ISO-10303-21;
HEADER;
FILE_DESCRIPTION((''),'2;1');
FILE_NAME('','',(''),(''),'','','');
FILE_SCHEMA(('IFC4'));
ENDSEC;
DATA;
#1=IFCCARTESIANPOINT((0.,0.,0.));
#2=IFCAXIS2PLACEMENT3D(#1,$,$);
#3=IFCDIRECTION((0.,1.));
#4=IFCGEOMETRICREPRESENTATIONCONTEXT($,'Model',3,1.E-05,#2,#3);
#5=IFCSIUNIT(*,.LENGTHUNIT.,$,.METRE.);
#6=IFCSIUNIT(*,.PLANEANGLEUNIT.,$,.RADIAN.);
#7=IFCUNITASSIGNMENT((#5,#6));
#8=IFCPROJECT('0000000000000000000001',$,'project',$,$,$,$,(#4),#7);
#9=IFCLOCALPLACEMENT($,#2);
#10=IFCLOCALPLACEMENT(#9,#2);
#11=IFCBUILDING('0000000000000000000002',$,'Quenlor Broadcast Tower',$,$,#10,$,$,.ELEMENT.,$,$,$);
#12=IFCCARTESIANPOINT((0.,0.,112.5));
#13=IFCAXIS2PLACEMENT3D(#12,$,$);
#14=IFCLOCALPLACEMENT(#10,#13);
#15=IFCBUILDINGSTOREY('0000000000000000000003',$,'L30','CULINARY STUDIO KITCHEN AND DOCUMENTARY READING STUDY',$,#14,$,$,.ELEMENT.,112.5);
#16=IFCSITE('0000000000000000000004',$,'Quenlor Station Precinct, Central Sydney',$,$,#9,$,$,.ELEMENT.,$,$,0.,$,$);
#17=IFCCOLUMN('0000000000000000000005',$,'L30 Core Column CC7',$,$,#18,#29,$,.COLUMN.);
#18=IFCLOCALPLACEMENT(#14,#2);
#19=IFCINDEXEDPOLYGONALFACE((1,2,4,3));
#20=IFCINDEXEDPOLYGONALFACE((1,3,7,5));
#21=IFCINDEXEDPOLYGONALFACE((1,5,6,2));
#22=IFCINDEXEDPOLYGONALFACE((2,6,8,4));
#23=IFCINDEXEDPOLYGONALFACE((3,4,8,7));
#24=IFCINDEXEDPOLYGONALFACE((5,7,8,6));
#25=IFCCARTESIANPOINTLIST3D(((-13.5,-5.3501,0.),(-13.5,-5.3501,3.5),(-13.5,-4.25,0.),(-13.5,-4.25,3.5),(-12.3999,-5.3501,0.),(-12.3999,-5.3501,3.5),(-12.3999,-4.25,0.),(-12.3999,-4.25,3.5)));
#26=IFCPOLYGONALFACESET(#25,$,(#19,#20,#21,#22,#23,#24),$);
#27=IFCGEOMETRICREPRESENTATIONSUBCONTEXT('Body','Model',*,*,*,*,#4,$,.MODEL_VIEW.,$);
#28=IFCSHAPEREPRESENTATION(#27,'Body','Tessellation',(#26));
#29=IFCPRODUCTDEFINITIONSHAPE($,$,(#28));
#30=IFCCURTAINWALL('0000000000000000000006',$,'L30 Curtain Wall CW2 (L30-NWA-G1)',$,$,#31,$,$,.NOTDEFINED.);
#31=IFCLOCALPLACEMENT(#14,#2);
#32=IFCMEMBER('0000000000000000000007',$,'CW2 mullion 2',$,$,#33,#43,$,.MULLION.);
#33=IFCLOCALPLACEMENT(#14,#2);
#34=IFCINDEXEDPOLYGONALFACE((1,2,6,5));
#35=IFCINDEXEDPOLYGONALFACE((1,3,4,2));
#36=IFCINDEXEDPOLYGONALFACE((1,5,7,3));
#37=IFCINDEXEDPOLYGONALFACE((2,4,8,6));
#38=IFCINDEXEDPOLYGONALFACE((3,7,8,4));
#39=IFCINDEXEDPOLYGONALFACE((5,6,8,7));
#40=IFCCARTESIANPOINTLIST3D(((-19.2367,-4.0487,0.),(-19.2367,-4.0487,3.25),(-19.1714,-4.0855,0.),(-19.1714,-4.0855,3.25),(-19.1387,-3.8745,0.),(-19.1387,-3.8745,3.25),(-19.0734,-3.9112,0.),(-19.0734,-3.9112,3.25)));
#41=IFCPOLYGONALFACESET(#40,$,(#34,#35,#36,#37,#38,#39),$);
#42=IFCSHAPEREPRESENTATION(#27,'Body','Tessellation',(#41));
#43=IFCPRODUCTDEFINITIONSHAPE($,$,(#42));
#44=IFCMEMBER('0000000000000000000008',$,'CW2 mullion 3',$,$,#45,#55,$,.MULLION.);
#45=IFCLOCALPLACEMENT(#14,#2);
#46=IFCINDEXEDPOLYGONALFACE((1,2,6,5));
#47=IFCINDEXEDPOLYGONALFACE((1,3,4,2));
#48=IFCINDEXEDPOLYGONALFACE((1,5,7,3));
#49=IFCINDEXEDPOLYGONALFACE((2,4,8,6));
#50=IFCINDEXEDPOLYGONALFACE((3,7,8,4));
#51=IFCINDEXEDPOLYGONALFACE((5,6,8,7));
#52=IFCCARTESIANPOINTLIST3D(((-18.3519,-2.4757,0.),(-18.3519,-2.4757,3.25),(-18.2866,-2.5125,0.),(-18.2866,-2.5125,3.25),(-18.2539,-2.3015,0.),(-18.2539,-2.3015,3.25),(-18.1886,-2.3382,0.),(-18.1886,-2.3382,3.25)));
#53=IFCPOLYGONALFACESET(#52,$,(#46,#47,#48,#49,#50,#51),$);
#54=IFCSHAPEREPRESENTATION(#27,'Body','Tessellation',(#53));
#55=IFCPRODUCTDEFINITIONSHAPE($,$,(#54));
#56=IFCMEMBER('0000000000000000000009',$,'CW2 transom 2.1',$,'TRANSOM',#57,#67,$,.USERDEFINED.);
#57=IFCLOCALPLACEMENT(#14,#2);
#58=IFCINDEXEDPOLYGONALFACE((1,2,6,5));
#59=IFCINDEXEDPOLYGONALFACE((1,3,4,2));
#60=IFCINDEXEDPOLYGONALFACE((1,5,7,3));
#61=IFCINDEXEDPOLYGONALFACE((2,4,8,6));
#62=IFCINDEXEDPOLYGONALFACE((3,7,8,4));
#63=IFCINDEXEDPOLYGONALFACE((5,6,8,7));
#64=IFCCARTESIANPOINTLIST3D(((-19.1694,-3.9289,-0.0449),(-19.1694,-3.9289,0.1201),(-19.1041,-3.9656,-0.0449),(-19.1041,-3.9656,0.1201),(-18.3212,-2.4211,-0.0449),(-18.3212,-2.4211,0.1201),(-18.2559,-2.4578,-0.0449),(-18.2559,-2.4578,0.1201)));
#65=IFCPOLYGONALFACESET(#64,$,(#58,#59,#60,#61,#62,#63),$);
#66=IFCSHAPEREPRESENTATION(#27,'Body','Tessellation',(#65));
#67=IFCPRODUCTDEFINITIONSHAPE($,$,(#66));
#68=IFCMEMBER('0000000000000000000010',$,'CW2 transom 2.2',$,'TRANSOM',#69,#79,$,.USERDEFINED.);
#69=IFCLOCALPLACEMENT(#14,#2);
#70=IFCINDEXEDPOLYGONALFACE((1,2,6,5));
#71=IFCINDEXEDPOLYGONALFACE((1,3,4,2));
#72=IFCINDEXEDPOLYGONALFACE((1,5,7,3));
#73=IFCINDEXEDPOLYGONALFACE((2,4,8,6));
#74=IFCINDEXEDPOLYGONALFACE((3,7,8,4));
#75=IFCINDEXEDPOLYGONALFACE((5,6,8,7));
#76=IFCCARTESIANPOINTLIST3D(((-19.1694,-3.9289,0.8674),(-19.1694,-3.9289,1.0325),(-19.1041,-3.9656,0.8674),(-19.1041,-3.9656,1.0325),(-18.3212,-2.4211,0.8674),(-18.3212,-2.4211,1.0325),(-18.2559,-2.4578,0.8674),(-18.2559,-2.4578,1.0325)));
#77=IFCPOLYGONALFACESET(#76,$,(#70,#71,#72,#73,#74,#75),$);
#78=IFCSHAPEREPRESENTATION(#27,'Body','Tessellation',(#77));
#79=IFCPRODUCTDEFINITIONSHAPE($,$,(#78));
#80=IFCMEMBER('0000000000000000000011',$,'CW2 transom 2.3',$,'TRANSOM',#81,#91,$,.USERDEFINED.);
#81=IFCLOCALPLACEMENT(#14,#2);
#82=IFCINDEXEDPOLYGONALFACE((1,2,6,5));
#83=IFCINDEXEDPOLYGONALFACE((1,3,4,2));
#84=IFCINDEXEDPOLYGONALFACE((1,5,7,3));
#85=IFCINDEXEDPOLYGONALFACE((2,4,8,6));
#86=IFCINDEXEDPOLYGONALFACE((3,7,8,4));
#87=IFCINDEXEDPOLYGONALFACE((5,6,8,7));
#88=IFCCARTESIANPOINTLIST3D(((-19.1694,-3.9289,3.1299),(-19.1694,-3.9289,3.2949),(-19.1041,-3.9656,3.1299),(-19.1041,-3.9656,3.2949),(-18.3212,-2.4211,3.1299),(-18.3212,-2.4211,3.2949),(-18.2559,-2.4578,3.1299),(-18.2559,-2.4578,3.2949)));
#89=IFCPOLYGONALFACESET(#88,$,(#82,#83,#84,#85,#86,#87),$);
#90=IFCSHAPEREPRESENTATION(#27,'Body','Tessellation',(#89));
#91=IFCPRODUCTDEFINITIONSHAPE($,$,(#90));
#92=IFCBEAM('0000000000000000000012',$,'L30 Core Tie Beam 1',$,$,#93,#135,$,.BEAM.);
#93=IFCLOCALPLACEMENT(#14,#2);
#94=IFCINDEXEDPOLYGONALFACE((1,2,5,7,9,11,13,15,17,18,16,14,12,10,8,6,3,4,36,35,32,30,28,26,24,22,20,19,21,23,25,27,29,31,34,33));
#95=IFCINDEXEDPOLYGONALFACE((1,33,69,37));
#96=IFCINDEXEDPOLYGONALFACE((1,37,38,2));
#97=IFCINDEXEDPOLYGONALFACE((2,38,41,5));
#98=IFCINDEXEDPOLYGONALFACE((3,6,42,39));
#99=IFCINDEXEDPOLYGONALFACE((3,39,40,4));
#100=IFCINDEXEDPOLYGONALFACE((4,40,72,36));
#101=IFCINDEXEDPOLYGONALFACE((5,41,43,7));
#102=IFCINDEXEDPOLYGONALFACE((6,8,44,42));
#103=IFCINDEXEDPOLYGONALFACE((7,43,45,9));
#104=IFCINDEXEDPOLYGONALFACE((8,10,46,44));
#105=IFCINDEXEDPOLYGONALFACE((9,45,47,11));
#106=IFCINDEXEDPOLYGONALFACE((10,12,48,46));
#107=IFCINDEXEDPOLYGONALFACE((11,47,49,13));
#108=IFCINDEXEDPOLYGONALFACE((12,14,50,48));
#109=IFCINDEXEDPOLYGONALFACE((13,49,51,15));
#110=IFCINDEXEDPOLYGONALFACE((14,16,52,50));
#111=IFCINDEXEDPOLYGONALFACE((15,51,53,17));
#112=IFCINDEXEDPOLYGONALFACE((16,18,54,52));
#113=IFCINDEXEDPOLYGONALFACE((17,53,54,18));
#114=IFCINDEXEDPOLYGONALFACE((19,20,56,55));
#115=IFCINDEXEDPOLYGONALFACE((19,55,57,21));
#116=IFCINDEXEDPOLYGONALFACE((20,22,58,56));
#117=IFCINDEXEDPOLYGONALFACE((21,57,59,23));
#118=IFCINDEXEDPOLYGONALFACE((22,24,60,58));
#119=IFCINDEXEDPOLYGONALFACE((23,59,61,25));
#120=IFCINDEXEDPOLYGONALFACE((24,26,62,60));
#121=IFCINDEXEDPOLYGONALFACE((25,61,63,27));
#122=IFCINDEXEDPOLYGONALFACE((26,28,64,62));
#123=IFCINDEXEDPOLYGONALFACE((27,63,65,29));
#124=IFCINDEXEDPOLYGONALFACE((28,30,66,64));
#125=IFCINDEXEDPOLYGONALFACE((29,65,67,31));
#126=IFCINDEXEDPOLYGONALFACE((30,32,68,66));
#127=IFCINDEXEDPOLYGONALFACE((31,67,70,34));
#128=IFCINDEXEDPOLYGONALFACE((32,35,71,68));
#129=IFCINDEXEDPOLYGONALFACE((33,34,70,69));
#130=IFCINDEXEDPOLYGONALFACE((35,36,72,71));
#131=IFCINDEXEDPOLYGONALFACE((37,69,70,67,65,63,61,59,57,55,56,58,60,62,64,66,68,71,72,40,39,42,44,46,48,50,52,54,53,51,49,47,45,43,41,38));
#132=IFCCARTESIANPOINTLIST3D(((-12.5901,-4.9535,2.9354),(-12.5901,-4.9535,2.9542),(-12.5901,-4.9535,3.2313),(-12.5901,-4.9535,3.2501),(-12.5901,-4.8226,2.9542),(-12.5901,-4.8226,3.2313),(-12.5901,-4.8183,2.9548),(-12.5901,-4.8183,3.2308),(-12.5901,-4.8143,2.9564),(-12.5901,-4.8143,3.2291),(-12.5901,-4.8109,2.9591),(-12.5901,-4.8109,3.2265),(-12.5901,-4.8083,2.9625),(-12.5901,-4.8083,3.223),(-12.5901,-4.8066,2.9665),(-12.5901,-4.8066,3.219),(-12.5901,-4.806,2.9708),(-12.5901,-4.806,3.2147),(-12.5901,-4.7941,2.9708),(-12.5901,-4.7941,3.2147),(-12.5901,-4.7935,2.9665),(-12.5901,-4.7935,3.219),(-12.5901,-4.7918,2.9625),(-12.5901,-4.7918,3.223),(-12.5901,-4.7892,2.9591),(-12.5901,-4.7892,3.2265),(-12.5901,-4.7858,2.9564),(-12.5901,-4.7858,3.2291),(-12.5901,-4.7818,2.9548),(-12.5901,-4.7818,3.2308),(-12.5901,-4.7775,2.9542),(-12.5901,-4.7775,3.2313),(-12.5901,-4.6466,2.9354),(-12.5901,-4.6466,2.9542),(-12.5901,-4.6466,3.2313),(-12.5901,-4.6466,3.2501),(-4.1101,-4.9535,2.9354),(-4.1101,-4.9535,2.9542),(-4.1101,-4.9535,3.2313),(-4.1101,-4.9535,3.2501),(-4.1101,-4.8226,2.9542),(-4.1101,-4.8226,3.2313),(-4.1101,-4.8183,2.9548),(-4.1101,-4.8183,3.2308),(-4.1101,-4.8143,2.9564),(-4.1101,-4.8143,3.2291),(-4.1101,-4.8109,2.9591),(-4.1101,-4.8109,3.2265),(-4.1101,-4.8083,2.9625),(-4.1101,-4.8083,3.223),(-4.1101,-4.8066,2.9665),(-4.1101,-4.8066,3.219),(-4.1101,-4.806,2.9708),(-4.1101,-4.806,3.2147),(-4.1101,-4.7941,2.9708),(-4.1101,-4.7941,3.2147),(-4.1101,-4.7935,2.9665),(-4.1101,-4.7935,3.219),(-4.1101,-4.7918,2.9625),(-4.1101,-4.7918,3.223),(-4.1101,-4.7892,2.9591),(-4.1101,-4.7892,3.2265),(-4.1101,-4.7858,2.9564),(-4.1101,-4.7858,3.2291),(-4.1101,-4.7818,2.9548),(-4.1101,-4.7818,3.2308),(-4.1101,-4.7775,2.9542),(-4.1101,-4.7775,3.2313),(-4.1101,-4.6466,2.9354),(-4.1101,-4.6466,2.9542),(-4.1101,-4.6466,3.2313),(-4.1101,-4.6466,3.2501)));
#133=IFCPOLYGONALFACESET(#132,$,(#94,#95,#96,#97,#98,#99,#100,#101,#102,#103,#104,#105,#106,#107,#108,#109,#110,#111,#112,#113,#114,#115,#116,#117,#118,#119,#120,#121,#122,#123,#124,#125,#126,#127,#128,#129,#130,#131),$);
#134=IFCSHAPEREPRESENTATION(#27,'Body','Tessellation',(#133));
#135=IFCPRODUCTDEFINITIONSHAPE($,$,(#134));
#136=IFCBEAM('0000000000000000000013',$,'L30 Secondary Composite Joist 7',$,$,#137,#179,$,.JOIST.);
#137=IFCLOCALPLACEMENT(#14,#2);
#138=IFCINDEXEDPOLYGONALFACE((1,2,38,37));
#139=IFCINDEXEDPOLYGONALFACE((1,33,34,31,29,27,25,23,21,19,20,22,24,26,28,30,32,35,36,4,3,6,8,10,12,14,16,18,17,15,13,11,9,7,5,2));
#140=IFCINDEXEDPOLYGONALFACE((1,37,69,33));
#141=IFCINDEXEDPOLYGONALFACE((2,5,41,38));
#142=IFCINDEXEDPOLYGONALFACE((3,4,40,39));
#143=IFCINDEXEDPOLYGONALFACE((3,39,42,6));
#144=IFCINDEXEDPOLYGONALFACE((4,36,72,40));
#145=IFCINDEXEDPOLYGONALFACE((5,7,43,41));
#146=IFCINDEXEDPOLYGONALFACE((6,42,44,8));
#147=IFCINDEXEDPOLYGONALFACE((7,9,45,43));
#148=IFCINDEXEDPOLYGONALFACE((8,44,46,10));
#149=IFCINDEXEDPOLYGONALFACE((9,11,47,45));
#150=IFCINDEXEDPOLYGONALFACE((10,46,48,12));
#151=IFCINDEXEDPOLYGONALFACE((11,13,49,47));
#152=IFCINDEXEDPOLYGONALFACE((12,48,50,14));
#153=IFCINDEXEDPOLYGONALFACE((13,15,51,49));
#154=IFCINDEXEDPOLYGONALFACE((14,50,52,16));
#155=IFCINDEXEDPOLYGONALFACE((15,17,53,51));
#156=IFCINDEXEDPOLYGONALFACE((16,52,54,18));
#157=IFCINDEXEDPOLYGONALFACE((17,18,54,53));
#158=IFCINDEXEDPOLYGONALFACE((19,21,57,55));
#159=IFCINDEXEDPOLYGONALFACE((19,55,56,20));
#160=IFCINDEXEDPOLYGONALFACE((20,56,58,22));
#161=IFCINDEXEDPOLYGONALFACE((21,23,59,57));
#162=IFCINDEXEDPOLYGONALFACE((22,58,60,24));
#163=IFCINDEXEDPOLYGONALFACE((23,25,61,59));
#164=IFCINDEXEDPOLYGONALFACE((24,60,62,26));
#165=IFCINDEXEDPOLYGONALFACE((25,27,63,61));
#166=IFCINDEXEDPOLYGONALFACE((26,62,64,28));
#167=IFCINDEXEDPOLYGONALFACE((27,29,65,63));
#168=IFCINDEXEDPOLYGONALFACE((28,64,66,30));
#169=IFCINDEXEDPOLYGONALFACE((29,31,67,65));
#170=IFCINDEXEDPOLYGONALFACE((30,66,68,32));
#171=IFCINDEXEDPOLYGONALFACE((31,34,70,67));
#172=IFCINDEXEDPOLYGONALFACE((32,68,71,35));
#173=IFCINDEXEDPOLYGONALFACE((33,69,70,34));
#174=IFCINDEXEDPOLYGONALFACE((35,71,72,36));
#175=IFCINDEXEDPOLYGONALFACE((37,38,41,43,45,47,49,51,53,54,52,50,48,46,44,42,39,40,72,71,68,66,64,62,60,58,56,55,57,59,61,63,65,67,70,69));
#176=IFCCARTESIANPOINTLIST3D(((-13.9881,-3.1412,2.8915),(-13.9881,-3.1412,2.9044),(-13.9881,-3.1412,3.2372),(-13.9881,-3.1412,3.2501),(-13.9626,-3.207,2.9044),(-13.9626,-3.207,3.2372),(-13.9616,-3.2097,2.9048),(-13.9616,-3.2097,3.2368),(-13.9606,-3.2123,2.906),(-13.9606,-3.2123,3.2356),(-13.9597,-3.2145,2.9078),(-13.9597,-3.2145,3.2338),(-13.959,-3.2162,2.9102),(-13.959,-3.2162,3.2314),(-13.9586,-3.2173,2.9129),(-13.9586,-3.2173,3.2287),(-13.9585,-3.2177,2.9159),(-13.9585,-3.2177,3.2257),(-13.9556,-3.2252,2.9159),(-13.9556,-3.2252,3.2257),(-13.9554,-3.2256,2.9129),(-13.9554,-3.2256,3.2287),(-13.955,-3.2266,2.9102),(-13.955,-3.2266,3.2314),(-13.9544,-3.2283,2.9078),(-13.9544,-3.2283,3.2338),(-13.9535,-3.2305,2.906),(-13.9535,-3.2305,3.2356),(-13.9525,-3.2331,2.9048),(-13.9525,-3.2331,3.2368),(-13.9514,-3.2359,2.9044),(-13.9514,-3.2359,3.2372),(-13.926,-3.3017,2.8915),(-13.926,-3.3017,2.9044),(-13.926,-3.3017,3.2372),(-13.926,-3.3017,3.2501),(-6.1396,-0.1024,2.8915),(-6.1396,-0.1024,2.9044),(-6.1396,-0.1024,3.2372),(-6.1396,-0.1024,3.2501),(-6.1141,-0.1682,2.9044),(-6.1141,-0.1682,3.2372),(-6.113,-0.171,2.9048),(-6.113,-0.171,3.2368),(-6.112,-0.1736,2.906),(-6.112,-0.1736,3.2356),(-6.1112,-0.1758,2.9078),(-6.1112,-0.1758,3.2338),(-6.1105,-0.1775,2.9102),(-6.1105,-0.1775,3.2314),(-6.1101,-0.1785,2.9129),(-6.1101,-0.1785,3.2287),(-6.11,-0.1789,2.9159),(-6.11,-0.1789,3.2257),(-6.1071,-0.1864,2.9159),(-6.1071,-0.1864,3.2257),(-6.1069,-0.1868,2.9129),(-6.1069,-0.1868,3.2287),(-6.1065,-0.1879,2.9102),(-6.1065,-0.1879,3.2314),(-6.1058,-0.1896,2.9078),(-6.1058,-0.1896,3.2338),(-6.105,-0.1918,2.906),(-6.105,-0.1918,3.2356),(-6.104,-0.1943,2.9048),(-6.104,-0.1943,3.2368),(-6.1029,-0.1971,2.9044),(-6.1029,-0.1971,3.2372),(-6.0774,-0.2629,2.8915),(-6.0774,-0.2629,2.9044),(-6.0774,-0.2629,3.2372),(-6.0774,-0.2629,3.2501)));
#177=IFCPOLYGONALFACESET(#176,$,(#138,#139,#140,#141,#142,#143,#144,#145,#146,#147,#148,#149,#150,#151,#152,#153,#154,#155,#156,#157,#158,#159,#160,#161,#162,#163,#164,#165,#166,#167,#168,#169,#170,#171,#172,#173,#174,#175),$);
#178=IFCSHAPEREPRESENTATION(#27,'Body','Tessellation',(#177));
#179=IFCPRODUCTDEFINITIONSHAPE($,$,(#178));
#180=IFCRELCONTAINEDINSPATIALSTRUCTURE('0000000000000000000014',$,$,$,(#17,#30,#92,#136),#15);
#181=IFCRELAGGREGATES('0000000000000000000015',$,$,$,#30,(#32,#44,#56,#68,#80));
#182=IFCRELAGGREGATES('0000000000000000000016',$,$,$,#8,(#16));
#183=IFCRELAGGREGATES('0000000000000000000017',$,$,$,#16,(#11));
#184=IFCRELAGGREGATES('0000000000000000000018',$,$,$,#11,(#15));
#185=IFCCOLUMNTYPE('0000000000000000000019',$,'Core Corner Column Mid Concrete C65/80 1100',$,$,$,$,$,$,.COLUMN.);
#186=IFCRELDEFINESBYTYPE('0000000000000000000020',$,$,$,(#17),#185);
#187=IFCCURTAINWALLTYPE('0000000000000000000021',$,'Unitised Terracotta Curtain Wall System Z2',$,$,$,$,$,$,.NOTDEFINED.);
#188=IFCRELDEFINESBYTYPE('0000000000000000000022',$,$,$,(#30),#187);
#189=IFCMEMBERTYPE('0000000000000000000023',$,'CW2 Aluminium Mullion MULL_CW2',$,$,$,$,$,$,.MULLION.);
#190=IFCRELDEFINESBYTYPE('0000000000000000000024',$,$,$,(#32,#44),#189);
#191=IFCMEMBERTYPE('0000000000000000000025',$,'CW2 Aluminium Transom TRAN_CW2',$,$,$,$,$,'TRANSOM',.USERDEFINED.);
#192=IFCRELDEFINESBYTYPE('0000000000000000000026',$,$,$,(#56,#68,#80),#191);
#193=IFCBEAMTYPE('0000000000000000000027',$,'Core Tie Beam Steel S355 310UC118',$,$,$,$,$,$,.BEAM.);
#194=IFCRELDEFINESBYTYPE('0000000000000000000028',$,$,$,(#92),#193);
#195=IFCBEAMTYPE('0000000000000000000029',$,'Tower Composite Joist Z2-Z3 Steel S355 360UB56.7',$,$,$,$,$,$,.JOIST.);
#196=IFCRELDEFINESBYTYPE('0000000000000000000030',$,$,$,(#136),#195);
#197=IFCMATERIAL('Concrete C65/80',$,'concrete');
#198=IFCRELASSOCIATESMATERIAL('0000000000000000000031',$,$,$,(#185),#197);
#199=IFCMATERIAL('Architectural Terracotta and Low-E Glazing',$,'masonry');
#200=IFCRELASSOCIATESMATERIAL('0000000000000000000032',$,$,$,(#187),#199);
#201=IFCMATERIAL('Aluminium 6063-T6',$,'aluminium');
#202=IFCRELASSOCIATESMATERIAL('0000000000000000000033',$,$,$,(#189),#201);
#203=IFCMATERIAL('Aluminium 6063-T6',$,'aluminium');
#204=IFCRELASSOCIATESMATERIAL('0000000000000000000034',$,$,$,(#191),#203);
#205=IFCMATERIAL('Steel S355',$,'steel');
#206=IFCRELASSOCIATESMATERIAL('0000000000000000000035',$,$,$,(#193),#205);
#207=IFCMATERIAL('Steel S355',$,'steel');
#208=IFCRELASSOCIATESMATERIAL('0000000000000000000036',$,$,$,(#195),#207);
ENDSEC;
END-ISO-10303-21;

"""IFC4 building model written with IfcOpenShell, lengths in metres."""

from ifc_helpers import new_model, si_unit, direction, frame, origin, origin_2d, place, context, subcontext, project, spatial, rectangle, i_section, extrude, material, material_profile, profile_set, type_object, element, aggregate, save


model = new_model("IFC4")

# Units and contexts
model_context = context("Model", 3, precision=1e-05, world=origin(), true_north=direction((0.0, 1.0)))
body_context = subcontext(model_context, "Body", "Model", "MODEL_VIEW")
ifc_project = project(units=[si_unit("LENGTHUNIT", "METRE"), si_unit("PLANEANGLEUNIT", "RADIAN")], contexts=[model_context])

# Site, building, storey
site_placement = place(None, origin())
site = spatial("IfcSite", under=ifc_project, at=site_placement, Name="Quenlor Station Precinct, Central Sydney", CompositionType="ELEMENT", RefElevation=0.0)
building_placement = place(site_placement, origin())
building = spatial("IfcBuilding", under=site, at=building_placement, Name="Quenlor Broadcast Tower", CompositionType="ELEMENT")
storey_placement = place(building_placement, frame((0.0, 0.0, 112.5)))
storey = spatial("IfcBuildingStorey", under=building, at=storey_placement, Name="L30", Description="CULINARY STUDIO KITCHEN AND DOCUMENTARY READING STUDY", CompositionType="ELEMENT", Elevation=112.5)

# Column
ifc_material_1 = material(Name="Concrete C65/80", Category="concrete")
ifc_material_profile_1 = material_profile(ifc_material_1, rectangle(XDim=1.1001, YDim=1.1001, at=origin_2d()))
ifc_profile_set_1 = profile_set([ifc_material_profile_1], Name="Concrete C65/80 RC1100x1100")
column_type = type_object("IfcColumnType", Name="Core Corner Column Mid Concrete C65/80 1100", PredefinedType="COLUMN", material=ifc_profile_set_1)
column_placement = place(storey_placement, frame((-12.95, -4.8, 0.0), z_axis=(0.0, 0.0, 1.0), x_axis=(1.0, 0.0, 0.0)))
element("IfcColumn", 1, at=column_placement, inside=storey, type_object=column_type, Name="L30 Core Column CC7", PredefinedType="COLUMN", context=body_context, shape_type="SweptSolid", body=[
    extrude(rectangle(XDim=1.1001, YDim=1.1001, at=origin_2d()), origin(), (0.0, 0.0, 1.0), 3.5),
])

# Curtain wall, members
ifc_material_2 = material(Name="Architectural Terracotta and Low-E Glazing", Category="masonry")
curtain_wall_type = type_object("IfcCurtainWallType", Name="Unitised Terracotta Curtain Wall System Z2", PredefinedType="NOTDEFINED", material=ifc_material_2)
curtain_wall_placement = place(storey_placement, origin())
curtain_wall = element("IfcCurtainWall", 2, at=curtain_wall_placement, inside=storey, type_object=curtain_wall_type, Name="L30 Curtain Wall CW2 (L30-NWA-G1)", PredefinedType="NOTDEFINED")
ifc_material_3 = material(Name="Aluminium 6063-T6", Category="aluminium")
ifc_material_profile_2 = material_profile(ifc_material_3, rectangle(XDim=0.075, YDim=0.2, at=origin_2d()))
ifc_profile_set_2 = profile_set([ifc_material_profile_2], Name="Aluminium 6063-T6 MULL75x200")
member_type_1 = type_object("IfcMemberType", Name="CW2 Aluminium Mullion MULL_CW2", PredefinedType="MULLION", material=ifc_profile_set_2)
member_1_placement = place(storey_placement, frame((-19.155, -3.98, 0.0), z_axis=(0.0, 0.0, 1.0), x_axis=(-0.871567, 0.490277, 0.0)))
member_1 = element("IfcMember", 3, at=member_1_placement, type_object=member_type_1, Name="CW2 mullion 2", PredefinedType="MULLION", context=body_context, shape_type="SweptSolid", body=[
    extrude(rectangle(XDim=0.075, YDim=0.2, at=origin_2d()), origin(), (0.0, 0.0, 1.0), 3.25),
])
member_2_placement = place(storey_placement, frame((-18.2703, -2.407, 0.0), z_axis=(0.0, 0.0, 1.0), x_axis=(-0.871567, 0.490277, 0.0)))
member_2 = element("IfcMember", 4, at=member_2_placement, type_object=member_type_1, Name="CW2 mullion 3", PredefinedType="MULLION", context=body_context, shape_type="SweptSolid", body=[
    extrude(rectangle(XDim=0.075, YDim=0.2, at=origin_2d()), origin(), (0.0, 0.0, 1.0), 3.25),
])
ifc_material_4 = material(Name="Aluminium 6063-T6", Category="aluminium")
ifc_material_profile_3 = material_profile(ifc_material_4, rectangle(XDim=0.075, YDim=0.165, at=origin_2d()))
ifc_profile_set_3 = profile_set([ifc_material_profile_3], Name="Aluminium 6063-T6 TRAN75x165")
member_type_2 = type_object("IfcMemberType", Name="CW2 Aluminium Transom TRAN_CW2", ElementType="TRANSOM", PredefinedType="USERDEFINED", material=ifc_profile_set_3)
member_3_placement = place(storey_placement, frame((-19.1367, -3.9473, 0.0376), z_axis=(0.490261, 0.871576, 0.0), x_axis=(-0.871576, 0.490261, 0.0)))
member_3 = element("IfcMember", 5, at=member_3_placement, type_object=member_type_2, Name="CW2 transom 2.1", ObjectType="TRANSOM", PredefinedType="USERDEFINED", context=body_context, shape_type="SweptSolid", body=[
    extrude(rectangle(XDim=0.075, YDim=0.165, at=origin_2d()), origin(), (0.0, 0.0, 1.0), 1.73),
])
member_4_placement = place(storey_placement, frame((-19.1367, -3.9473, 0.95), z_axis=(0.490261, 0.871576, 0.0), x_axis=(-0.871576, 0.490261, 0.0)))
member_4 = element("IfcMember", 6, at=member_4_placement, type_object=member_type_2, Name="CW2 transom 2.2", ObjectType="TRANSOM", PredefinedType="USERDEFINED", context=body_context, shape_type="SweptSolid", body=[
    extrude(rectangle(XDim=0.075, YDim=0.165, at=origin_2d()), origin(), (0.0, 0.0, 1.0), 1.73),
])
member_5_placement = place(storey_placement, frame((-19.1367, -3.9473, 3.2124), z_axis=(0.490261, 0.871576, 0.0), x_axis=(-0.871576, 0.490261, 0.0)))
member_5 = element("IfcMember", 7, at=member_5_placement, type_object=member_type_2, Name="CW2 transom 2.3", ObjectType="TRANSOM", PredefinedType="USERDEFINED", context=body_context, shape_type="SweptSolid", body=[
    extrude(rectangle(XDim=0.075, YDim=0.165, at=origin_2d()), origin(), (0.0, 0.0, 1.0), 1.73),
])

# Beams
ifc_material_5 = material(Name="Steel S355", Category="steel")
ifc_material_profile_4 = material_profile(ifc_material_5, i_section(OverallWidth=0.3069, OverallDepth=0.3147, WebThickness=0.012, FlangeThickness=0.0188, FilletRadius=0.0166, at=origin_2d()))
ifc_profile_set_4 = profile_set([ifc_material_profile_4], Name="Steel S355 310UC118")
beam_type_1 = type_object("IfcBeamType", Name="Core Tie Beam Steel S355 310UC118", PredefinedType="BEAM", material=ifc_profile_set_4)
beam_1_placement = place(storey_placement, frame((-12.5901, -4.8, 3.0928), z_axis=(1.0, 0.0, 0.0), x_axis=(0.0, 1.0, 0.0)))
element("IfcBeam", 8, at=beam_1_placement, inside=storey, type_object=beam_type_1, Name="L30 Core Tie Beam 1", PredefinedType="BEAM", context=body_context, shape_type="SweptSolid", body=[
    extrude(i_section(OverallWidth=0.3069, OverallDepth=0.3147, WebThickness=0.012, FlangeThickness=0.0188, FilletRadius=0.0166, at=origin_2d()), origin(), (0.0, 0.0, 1.0), 8.48),
])
ifc_material_6 = material(Name="Steel S355", Category="steel")
ifc_material_profile_5 = material_profile(ifc_material_6, i_section(OverallWidth=0.1721, OverallDepth=0.3586, WebThickness=0.0081, FlangeThickness=0.0129, FilletRadius=0.0115, at=origin_2d()))
ifc_profile_set_5 = profile_set([ifc_material_profile_5], Name="Steel S355 360UB56.7")
beam_type_2 = type_object("IfcBeamType", Name="Tower Composite Joist Z2-Z3 Steel S355 360UB56.7", PredefinedType="JOIST", material=ifc_profile_set_5)
beam_2_placement = place(storey_placement, frame((-13.957, -3.2214, 3.0708), z_axis=(0.932543, 0.36106, 0.0), x_axis=(-0.36106, 0.932543, 0.0)))
element("IfcBeam", 9, at=beam_2_placement, inside=storey, type_object=beam_type_2, Name="L30 Secondary Composite Joist 7", PredefinedType="JOIST", context=body_context, shape_type="SweptSolid", body=[
    extrude(i_section(OverallWidth=0.1721, OverallDepth=0.3586, WebThickness=0.0081, FlangeThickness=0.0129, FilletRadius=0.0115, at=origin_2d()), origin(), (0.0, 0.0, 1.0), 8.4163),
])

aggregate(curtain_wall, [member_1, member_2, member_3, member_4, member_5])

save(model, "model.ifc")
